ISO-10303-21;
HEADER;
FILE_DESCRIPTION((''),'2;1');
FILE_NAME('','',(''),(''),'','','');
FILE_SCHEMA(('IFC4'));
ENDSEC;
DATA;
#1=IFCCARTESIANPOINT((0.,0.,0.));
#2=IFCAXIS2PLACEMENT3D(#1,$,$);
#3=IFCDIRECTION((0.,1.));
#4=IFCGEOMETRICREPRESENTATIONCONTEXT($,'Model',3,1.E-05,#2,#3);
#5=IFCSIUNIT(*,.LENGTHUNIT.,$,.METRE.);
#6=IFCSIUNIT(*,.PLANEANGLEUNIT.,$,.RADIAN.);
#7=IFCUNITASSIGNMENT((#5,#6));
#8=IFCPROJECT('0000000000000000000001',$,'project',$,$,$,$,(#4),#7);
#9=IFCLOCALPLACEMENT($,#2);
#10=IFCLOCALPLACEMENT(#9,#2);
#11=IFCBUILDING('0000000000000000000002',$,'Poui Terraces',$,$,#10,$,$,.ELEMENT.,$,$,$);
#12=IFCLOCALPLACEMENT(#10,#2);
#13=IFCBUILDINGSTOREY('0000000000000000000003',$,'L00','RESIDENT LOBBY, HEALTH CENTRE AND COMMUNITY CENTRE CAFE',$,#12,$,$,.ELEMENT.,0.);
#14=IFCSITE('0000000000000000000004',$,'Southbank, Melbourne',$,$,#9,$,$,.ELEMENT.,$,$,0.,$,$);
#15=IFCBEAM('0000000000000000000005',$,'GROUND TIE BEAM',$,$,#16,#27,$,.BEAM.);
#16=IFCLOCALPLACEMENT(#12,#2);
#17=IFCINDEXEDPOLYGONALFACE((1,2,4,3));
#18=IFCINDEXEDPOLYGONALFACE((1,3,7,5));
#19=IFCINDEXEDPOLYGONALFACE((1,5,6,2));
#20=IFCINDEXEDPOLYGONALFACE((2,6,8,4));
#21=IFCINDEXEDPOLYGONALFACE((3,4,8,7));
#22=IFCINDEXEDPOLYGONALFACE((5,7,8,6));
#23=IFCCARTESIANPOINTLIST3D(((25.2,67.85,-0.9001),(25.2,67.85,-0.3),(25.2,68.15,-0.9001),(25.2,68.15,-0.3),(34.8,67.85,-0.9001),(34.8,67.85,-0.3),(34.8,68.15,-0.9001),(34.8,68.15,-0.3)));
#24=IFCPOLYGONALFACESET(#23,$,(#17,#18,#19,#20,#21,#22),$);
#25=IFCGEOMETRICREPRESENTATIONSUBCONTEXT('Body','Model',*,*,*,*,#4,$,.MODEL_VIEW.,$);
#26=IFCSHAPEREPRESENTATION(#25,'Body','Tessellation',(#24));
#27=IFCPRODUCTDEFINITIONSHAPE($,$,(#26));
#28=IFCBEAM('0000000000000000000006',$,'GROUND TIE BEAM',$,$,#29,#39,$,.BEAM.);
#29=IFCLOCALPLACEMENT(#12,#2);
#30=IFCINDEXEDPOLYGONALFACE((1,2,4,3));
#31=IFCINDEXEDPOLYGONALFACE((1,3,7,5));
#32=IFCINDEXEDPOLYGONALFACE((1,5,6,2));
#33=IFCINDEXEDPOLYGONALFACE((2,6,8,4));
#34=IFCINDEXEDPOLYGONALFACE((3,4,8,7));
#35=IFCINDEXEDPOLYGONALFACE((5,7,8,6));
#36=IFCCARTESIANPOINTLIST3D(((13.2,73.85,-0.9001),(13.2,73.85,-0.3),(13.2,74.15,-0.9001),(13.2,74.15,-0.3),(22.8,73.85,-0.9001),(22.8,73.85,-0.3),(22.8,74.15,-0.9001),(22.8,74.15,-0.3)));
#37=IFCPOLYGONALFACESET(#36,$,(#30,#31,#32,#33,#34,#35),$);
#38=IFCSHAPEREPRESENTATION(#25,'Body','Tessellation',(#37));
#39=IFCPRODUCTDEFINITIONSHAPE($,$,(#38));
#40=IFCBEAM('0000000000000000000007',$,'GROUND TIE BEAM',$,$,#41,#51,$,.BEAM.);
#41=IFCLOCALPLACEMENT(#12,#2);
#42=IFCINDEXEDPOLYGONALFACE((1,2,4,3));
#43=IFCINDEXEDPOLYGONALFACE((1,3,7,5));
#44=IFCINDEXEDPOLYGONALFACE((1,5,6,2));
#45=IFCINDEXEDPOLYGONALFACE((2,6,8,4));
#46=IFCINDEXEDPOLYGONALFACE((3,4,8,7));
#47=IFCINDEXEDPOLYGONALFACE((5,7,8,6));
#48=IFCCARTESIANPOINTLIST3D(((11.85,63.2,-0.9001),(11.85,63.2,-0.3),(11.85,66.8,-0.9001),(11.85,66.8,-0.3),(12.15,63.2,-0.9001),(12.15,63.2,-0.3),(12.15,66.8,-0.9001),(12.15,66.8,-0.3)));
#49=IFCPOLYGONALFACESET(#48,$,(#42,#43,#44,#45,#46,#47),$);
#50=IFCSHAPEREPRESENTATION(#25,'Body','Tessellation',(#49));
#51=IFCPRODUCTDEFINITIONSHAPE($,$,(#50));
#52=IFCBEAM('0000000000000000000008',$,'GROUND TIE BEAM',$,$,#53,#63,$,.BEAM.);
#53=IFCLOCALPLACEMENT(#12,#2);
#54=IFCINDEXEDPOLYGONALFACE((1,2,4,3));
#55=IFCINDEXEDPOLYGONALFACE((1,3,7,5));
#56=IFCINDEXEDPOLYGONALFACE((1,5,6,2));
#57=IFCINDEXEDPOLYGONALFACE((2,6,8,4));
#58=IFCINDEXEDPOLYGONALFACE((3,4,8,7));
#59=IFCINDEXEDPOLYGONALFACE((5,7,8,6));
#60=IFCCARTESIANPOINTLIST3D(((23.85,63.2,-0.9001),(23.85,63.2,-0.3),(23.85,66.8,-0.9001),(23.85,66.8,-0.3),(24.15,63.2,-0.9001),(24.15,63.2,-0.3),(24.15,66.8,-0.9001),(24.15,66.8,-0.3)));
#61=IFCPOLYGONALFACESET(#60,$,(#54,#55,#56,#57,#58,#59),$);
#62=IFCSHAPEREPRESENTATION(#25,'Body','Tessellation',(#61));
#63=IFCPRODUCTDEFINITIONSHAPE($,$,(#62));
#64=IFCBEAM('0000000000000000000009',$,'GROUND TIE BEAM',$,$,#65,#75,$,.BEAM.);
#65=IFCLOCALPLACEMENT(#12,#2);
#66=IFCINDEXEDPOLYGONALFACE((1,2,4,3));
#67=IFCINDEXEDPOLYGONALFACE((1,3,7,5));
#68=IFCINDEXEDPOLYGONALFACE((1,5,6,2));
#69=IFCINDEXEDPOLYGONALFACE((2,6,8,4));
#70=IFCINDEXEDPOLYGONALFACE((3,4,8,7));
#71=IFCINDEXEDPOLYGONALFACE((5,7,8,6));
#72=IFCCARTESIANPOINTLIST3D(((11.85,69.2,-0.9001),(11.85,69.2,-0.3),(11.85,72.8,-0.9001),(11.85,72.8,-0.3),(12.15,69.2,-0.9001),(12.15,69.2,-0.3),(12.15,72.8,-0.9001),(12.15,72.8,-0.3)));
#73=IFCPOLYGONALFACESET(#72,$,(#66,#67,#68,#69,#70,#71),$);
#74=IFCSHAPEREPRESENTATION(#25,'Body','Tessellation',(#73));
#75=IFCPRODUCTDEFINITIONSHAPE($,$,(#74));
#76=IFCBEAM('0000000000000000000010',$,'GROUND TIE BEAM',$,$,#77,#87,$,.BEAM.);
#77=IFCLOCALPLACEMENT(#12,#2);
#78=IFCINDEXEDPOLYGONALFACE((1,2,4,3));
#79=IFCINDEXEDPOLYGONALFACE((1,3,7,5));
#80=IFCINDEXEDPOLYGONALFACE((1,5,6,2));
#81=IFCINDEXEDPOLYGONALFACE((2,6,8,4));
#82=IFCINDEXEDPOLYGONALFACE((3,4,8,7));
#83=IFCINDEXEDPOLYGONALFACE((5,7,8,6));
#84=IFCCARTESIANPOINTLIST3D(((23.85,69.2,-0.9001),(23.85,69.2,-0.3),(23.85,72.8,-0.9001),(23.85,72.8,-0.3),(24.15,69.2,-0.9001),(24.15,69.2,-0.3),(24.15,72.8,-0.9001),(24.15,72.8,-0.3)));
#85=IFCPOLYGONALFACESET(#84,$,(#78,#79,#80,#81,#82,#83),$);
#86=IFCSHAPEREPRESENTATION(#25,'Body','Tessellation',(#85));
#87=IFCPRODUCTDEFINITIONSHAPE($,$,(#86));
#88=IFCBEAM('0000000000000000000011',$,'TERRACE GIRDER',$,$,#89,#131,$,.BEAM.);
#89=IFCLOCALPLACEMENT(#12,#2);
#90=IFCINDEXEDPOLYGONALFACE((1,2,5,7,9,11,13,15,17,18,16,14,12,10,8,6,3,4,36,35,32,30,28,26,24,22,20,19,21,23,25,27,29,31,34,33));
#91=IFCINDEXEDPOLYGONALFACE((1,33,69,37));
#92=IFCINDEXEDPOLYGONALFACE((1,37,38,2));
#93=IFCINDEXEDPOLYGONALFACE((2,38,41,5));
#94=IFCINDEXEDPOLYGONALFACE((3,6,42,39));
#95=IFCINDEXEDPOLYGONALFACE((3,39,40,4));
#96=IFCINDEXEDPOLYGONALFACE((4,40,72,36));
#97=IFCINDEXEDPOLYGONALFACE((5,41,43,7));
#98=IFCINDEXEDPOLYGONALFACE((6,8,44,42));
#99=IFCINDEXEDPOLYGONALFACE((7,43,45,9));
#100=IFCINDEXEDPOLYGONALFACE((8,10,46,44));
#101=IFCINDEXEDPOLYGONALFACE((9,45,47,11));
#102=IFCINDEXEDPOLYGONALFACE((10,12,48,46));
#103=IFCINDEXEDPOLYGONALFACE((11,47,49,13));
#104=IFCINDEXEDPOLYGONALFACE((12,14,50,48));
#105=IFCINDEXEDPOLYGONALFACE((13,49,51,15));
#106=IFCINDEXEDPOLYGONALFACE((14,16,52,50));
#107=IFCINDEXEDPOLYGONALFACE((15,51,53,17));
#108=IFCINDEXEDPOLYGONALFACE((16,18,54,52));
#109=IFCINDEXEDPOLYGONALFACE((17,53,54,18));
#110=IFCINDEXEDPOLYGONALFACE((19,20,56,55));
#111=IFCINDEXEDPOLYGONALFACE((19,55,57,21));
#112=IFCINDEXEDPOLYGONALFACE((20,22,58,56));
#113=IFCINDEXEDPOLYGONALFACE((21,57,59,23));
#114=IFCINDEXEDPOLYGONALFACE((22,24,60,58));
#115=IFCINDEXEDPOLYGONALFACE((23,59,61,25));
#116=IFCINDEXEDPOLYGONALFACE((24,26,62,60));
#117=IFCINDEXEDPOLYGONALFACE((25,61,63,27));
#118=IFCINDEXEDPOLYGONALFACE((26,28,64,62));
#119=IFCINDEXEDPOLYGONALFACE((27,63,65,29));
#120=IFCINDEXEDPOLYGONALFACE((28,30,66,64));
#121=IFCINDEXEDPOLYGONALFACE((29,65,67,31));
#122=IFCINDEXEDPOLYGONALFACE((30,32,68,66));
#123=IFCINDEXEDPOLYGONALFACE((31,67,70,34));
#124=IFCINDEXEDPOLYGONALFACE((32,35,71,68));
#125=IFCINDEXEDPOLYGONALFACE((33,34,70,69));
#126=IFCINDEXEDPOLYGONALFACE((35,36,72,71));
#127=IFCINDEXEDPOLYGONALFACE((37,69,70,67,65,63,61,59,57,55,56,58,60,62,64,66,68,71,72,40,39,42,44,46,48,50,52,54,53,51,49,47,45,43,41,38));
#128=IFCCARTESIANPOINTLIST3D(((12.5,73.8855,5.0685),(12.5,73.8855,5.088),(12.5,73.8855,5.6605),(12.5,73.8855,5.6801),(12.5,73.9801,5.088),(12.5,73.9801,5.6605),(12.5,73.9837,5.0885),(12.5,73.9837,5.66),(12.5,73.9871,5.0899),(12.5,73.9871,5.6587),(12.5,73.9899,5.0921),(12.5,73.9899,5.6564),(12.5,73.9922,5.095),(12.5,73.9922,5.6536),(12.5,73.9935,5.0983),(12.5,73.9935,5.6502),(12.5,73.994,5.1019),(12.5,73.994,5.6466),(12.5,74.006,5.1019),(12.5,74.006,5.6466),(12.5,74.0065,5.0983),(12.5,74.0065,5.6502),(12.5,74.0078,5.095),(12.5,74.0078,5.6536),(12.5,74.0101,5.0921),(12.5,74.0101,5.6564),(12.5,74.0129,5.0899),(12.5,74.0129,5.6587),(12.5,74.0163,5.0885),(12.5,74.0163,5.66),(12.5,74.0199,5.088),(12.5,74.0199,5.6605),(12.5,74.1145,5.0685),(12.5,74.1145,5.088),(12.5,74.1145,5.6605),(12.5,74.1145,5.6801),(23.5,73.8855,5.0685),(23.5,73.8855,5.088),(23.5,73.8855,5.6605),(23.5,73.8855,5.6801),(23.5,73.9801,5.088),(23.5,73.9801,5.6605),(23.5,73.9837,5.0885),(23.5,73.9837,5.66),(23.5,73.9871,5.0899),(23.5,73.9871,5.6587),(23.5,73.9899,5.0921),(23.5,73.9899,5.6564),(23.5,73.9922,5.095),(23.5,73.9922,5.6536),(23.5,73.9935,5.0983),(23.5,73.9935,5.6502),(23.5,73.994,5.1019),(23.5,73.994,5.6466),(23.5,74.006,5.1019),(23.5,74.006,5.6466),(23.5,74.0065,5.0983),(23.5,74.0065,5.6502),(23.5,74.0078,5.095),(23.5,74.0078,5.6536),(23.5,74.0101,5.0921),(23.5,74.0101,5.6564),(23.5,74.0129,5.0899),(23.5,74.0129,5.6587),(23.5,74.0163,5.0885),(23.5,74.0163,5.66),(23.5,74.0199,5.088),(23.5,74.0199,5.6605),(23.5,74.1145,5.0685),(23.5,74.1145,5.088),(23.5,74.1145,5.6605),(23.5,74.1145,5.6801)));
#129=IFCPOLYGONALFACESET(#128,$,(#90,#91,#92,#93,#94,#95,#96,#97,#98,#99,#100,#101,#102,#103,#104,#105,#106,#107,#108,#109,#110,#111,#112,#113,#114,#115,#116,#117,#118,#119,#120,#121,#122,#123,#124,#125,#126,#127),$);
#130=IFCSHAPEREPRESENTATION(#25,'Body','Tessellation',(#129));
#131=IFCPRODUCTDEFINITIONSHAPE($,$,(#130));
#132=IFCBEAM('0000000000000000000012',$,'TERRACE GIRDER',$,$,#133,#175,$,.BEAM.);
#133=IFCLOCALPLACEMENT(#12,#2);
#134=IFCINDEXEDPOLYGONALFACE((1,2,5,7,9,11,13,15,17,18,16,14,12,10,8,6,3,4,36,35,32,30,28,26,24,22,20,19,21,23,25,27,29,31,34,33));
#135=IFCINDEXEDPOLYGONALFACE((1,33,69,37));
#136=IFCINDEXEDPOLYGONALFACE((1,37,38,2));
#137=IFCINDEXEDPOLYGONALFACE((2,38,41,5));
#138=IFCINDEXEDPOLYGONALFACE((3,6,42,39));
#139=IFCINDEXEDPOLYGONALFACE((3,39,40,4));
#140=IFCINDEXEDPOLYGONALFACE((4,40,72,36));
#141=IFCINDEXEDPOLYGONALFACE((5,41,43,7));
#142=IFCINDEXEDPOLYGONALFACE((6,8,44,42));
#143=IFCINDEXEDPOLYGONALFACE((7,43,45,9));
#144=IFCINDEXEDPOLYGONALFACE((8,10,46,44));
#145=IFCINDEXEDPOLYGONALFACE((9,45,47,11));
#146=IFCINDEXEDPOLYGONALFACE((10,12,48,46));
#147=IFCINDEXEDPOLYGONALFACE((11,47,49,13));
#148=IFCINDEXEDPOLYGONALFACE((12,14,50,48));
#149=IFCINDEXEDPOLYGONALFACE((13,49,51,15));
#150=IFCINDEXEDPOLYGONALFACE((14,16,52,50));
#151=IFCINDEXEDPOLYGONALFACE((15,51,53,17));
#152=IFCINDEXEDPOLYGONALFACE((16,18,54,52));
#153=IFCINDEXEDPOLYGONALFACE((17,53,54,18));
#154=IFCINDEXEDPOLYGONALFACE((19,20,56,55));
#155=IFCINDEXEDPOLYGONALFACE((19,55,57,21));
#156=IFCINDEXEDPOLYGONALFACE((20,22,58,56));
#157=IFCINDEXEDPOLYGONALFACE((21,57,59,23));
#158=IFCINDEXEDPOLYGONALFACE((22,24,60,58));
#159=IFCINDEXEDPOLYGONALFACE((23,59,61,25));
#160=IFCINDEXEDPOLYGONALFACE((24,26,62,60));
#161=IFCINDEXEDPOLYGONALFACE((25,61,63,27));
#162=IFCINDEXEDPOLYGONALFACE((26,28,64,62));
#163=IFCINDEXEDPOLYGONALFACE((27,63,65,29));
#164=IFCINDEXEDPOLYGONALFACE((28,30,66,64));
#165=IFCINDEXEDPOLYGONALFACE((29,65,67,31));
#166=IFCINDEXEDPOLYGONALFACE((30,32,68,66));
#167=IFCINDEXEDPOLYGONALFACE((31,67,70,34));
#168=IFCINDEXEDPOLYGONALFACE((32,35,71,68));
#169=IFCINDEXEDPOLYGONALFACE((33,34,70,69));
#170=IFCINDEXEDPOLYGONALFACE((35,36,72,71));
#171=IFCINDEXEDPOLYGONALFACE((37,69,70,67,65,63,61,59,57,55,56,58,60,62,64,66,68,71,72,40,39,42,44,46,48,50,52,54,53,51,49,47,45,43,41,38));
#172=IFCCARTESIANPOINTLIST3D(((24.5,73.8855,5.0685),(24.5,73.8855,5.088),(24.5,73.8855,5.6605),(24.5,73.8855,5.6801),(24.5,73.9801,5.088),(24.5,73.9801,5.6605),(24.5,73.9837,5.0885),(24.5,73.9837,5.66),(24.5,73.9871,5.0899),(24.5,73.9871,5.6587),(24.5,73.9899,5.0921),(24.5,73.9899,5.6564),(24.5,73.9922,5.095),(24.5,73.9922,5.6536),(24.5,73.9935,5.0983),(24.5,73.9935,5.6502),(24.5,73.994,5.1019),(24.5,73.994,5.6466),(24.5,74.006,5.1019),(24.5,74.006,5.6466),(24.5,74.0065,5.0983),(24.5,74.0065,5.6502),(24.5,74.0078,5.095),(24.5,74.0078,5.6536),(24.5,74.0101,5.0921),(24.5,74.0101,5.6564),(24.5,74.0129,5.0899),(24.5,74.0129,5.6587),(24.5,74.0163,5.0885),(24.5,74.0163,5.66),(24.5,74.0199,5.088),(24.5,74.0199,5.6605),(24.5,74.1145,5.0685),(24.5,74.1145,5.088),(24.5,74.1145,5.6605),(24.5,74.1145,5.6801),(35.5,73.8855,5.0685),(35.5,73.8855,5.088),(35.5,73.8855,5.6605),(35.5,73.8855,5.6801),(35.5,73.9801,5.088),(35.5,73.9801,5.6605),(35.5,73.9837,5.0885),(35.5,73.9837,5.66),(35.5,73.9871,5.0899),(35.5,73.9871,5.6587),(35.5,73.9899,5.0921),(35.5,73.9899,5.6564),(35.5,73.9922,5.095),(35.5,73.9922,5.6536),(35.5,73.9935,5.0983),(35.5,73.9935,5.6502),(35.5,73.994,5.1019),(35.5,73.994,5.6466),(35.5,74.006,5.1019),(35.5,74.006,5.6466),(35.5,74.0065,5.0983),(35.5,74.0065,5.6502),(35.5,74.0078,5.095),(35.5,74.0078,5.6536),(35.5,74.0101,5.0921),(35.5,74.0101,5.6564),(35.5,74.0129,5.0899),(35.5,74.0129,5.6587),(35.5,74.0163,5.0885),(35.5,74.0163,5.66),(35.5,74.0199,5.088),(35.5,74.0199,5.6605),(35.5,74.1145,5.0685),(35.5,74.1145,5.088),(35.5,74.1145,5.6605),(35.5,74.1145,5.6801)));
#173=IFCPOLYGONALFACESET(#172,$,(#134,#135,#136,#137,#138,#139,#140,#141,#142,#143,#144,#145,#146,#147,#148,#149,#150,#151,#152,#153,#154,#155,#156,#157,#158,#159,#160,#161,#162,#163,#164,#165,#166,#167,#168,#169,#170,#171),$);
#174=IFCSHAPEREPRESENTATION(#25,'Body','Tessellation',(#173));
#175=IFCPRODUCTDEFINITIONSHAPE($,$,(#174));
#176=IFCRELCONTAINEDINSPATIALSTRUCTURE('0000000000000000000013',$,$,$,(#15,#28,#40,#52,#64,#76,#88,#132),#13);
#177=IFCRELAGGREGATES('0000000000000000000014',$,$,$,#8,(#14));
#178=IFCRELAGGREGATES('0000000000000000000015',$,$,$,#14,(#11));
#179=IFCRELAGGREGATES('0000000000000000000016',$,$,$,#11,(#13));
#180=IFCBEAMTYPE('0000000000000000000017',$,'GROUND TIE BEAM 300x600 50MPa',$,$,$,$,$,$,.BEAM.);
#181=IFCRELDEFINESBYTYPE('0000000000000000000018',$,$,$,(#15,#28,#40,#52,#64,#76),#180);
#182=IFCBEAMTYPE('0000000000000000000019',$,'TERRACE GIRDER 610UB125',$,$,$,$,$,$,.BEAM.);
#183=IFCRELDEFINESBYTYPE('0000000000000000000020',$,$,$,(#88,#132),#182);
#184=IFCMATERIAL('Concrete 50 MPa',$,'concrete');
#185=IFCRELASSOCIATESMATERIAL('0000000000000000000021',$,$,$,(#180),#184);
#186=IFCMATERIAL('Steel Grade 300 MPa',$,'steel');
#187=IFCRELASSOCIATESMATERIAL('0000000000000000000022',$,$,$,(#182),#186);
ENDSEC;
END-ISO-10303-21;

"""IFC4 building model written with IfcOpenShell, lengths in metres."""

from ifc_helpers import new_model, si_unit, direction, frame, origin, origin_2d, place, context, subcontext, project, spatial, rectangle, i_section, extrude, source, transform, mapped, material, material_profile, profile_set, type_object, element, save


model = new_model("IFC4")

# Units and contexts
model_context = context("Model", 3, precision=1e-05, world=origin(), true_north=direction((0.0, 1.0)))
body_context = subcontext(model_context, "Body", "Model", "MODEL_VIEW")
ifc_project = project(units=[si_unit("LENGTHUNIT", "METRE"), si_unit("PLANEANGLEUNIT", "RADIAN")], contexts=[model_context])

# Site, building, storey
site_placement = place(None, origin())
site = spatial("IfcSite", under=ifc_project, at=site_placement, Name="Southbank, Melbourne", CompositionType="ELEMENT", RefElevation=0.0)
building_placement = place(site_placement, origin())
building = spatial("IfcBuilding", under=site, at=building_placement, Name="Poui Terraces", CompositionType="ELEMENT")
storey_placement = place(building_placement, origin())
storey = spatial("IfcBuildingStorey", under=building, at=storey_placement, Name="L00", Description="RESIDENT LOBBY, HEALTH CENTRE AND COMMUNITY CENTRE CAFE", CompositionType="ELEMENT", Elevation=0.0)

# Shared definitions
ifc_material_1 = material(Name="Concrete 50 MPa", Category="concrete")

# Beams
ifc_material_profile_1 = material_profile(ifc_material_1, rectangle(XDim=0.3, YDim=0.6001, at=origin_2d()), Name="RC 300x600")
ifc_profile_set_1 = profile_set([ifc_material_profile_1], Name="Concrete 50 MPa")
beam_type_1 = type_object("IfcBeamType", Name="GROUND TIE BEAM 300x600 50MPa", PredefinedType="BEAM", material=ifc_profile_set_1)
shared_shape_1 = source(origin(), body_context, "Body", "SweptSolid", [
    extrude(rectangle(XDim=0.3, YDim=0.6001, at=origin_2d()), origin(), (0.0, 0.0, 1.0), 9.6001),
])
for number, where, z_axis, x_axis, name in (
    (1, (25.2, 68.0, -0.6001), (1.0, 0.0, 0.0), (0.0, 1.0, 0.0), "GROUND TIE BEAM"),
    (2, (13.2, 74.0, -0.6001), (1.0, 0.0, 0.0), (0.0, 1.0, 0.0), "GROUND TIE BEAM"),
):
    element("IfcBeam", number, at=place(storey_placement, frame(where, z_axis=z_axis, x_axis=x_axis)), inside=storey, type_object=beam_type_1, Name=name, PredefinedType="BEAM", context=body_context, shape_type="MappedRepresentation", body=[
        mapped(shared_shape_1, transform((0.0, 0.0, 0.0))),
    ])
shared_shape_2 = source(origin(), body_context, "Body", "SweptSolid", [
    extrude(rectangle(XDim=0.3, YDim=0.6001, at=origin_2d()), origin(), (0.0, 0.0, 1.0), 3.6001),
])
for number, where, z_axis, x_axis, name in (
    (3, (12.0, 63.2, -0.6001), (0.0, 1.0, 0.0), (-1.0, 0.0, 0.0), "GROUND TIE BEAM"),
    (4, (24.0, 63.2, -0.6001), (0.0, 1.0, 0.0), (-1.0, 0.0, 0.0), "GROUND TIE BEAM"),
    (5, (12.0, 69.2, -0.6001), (0.0, 1.0, 0.0), (-1.0, 0.0, 0.0), "GROUND TIE BEAM"),
    (6, (24.0, 69.2, -0.6001), (0.0, 1.0, 0.0), (-1.0, 0.0, 0.0), "GROUND TIE BEAM"),
):
    element("IfcBeam", number, at=place(storey_placement, frame(where, z_axis=z_axis, x_axis=x_axis)), inside=storey, type_object=beam_type_1, Name=name, PredefinedType="BEAM", context=body_context, shape_type="MappedRepresentation", body=[
        mapped(shared_shape_2, transform((0.0, 0.0, 0.0))),
    ])
ifc_material_2 = material(Name="Steel Grade 300 MPa", Category="steel")
ifc_material_profile_2 = material_profile(ifc_material_2, i_section(OverallWidth=0.229, OverallDepth=0.6116, WebThickness=0.012, FlangeThickness=0.0195, FilletRadius=0.0139, at=origin_2d()), Name="610UB125")
ifc_profile_set_2 = profile_set([ifc_material_profile_2], Name="Steel Grade 300 MPa")
beam_type_2 = type_object("IfcBeamType", Name="TERRACE GIRDER 610UB125", PredefinedType="BEAM", material=ifc_profile_set_2)
shared_shape_3 = source(origin(), body_context, "Body", "SweptSolid", [
    extrude(i_section(OverallWidth=0.229, OverallDepth=0.6116, WebThickness=0.012, FlangeThickness=0.0195, FilletRadius=0.0139, at=origin_2d()), origin(), (0.0, 0.0, 1.0), 11.0),
])
for number, where, z_axis, x_axis, name in (
    (7, (12.5, 74.0, 5.3743), (1.0, 0.0, 0.0), (0.0, 1.0, 0.0), "TERRACE GIRDER"),
    (8, (24.5, 74.0, 5.3743), (1.0, 0.0, 0.0), (0.0, 1.0, 0.0), "TERRACE GIRDER"),
):
    element("IfcBeam", number, at=place(storey_placement, frame(where, z_axis=z_axis, x_axis=x_axis)), inside=storey, type_object=beam_type_2, Name=name, PredefinedType="BEAM", context=body_context, shape_type="MappedRepresentation", body=[
        mapped(shared_shape_3, transform((0.0, 0.0, 0.0))),
    ])

save(model, "model.ifc")
